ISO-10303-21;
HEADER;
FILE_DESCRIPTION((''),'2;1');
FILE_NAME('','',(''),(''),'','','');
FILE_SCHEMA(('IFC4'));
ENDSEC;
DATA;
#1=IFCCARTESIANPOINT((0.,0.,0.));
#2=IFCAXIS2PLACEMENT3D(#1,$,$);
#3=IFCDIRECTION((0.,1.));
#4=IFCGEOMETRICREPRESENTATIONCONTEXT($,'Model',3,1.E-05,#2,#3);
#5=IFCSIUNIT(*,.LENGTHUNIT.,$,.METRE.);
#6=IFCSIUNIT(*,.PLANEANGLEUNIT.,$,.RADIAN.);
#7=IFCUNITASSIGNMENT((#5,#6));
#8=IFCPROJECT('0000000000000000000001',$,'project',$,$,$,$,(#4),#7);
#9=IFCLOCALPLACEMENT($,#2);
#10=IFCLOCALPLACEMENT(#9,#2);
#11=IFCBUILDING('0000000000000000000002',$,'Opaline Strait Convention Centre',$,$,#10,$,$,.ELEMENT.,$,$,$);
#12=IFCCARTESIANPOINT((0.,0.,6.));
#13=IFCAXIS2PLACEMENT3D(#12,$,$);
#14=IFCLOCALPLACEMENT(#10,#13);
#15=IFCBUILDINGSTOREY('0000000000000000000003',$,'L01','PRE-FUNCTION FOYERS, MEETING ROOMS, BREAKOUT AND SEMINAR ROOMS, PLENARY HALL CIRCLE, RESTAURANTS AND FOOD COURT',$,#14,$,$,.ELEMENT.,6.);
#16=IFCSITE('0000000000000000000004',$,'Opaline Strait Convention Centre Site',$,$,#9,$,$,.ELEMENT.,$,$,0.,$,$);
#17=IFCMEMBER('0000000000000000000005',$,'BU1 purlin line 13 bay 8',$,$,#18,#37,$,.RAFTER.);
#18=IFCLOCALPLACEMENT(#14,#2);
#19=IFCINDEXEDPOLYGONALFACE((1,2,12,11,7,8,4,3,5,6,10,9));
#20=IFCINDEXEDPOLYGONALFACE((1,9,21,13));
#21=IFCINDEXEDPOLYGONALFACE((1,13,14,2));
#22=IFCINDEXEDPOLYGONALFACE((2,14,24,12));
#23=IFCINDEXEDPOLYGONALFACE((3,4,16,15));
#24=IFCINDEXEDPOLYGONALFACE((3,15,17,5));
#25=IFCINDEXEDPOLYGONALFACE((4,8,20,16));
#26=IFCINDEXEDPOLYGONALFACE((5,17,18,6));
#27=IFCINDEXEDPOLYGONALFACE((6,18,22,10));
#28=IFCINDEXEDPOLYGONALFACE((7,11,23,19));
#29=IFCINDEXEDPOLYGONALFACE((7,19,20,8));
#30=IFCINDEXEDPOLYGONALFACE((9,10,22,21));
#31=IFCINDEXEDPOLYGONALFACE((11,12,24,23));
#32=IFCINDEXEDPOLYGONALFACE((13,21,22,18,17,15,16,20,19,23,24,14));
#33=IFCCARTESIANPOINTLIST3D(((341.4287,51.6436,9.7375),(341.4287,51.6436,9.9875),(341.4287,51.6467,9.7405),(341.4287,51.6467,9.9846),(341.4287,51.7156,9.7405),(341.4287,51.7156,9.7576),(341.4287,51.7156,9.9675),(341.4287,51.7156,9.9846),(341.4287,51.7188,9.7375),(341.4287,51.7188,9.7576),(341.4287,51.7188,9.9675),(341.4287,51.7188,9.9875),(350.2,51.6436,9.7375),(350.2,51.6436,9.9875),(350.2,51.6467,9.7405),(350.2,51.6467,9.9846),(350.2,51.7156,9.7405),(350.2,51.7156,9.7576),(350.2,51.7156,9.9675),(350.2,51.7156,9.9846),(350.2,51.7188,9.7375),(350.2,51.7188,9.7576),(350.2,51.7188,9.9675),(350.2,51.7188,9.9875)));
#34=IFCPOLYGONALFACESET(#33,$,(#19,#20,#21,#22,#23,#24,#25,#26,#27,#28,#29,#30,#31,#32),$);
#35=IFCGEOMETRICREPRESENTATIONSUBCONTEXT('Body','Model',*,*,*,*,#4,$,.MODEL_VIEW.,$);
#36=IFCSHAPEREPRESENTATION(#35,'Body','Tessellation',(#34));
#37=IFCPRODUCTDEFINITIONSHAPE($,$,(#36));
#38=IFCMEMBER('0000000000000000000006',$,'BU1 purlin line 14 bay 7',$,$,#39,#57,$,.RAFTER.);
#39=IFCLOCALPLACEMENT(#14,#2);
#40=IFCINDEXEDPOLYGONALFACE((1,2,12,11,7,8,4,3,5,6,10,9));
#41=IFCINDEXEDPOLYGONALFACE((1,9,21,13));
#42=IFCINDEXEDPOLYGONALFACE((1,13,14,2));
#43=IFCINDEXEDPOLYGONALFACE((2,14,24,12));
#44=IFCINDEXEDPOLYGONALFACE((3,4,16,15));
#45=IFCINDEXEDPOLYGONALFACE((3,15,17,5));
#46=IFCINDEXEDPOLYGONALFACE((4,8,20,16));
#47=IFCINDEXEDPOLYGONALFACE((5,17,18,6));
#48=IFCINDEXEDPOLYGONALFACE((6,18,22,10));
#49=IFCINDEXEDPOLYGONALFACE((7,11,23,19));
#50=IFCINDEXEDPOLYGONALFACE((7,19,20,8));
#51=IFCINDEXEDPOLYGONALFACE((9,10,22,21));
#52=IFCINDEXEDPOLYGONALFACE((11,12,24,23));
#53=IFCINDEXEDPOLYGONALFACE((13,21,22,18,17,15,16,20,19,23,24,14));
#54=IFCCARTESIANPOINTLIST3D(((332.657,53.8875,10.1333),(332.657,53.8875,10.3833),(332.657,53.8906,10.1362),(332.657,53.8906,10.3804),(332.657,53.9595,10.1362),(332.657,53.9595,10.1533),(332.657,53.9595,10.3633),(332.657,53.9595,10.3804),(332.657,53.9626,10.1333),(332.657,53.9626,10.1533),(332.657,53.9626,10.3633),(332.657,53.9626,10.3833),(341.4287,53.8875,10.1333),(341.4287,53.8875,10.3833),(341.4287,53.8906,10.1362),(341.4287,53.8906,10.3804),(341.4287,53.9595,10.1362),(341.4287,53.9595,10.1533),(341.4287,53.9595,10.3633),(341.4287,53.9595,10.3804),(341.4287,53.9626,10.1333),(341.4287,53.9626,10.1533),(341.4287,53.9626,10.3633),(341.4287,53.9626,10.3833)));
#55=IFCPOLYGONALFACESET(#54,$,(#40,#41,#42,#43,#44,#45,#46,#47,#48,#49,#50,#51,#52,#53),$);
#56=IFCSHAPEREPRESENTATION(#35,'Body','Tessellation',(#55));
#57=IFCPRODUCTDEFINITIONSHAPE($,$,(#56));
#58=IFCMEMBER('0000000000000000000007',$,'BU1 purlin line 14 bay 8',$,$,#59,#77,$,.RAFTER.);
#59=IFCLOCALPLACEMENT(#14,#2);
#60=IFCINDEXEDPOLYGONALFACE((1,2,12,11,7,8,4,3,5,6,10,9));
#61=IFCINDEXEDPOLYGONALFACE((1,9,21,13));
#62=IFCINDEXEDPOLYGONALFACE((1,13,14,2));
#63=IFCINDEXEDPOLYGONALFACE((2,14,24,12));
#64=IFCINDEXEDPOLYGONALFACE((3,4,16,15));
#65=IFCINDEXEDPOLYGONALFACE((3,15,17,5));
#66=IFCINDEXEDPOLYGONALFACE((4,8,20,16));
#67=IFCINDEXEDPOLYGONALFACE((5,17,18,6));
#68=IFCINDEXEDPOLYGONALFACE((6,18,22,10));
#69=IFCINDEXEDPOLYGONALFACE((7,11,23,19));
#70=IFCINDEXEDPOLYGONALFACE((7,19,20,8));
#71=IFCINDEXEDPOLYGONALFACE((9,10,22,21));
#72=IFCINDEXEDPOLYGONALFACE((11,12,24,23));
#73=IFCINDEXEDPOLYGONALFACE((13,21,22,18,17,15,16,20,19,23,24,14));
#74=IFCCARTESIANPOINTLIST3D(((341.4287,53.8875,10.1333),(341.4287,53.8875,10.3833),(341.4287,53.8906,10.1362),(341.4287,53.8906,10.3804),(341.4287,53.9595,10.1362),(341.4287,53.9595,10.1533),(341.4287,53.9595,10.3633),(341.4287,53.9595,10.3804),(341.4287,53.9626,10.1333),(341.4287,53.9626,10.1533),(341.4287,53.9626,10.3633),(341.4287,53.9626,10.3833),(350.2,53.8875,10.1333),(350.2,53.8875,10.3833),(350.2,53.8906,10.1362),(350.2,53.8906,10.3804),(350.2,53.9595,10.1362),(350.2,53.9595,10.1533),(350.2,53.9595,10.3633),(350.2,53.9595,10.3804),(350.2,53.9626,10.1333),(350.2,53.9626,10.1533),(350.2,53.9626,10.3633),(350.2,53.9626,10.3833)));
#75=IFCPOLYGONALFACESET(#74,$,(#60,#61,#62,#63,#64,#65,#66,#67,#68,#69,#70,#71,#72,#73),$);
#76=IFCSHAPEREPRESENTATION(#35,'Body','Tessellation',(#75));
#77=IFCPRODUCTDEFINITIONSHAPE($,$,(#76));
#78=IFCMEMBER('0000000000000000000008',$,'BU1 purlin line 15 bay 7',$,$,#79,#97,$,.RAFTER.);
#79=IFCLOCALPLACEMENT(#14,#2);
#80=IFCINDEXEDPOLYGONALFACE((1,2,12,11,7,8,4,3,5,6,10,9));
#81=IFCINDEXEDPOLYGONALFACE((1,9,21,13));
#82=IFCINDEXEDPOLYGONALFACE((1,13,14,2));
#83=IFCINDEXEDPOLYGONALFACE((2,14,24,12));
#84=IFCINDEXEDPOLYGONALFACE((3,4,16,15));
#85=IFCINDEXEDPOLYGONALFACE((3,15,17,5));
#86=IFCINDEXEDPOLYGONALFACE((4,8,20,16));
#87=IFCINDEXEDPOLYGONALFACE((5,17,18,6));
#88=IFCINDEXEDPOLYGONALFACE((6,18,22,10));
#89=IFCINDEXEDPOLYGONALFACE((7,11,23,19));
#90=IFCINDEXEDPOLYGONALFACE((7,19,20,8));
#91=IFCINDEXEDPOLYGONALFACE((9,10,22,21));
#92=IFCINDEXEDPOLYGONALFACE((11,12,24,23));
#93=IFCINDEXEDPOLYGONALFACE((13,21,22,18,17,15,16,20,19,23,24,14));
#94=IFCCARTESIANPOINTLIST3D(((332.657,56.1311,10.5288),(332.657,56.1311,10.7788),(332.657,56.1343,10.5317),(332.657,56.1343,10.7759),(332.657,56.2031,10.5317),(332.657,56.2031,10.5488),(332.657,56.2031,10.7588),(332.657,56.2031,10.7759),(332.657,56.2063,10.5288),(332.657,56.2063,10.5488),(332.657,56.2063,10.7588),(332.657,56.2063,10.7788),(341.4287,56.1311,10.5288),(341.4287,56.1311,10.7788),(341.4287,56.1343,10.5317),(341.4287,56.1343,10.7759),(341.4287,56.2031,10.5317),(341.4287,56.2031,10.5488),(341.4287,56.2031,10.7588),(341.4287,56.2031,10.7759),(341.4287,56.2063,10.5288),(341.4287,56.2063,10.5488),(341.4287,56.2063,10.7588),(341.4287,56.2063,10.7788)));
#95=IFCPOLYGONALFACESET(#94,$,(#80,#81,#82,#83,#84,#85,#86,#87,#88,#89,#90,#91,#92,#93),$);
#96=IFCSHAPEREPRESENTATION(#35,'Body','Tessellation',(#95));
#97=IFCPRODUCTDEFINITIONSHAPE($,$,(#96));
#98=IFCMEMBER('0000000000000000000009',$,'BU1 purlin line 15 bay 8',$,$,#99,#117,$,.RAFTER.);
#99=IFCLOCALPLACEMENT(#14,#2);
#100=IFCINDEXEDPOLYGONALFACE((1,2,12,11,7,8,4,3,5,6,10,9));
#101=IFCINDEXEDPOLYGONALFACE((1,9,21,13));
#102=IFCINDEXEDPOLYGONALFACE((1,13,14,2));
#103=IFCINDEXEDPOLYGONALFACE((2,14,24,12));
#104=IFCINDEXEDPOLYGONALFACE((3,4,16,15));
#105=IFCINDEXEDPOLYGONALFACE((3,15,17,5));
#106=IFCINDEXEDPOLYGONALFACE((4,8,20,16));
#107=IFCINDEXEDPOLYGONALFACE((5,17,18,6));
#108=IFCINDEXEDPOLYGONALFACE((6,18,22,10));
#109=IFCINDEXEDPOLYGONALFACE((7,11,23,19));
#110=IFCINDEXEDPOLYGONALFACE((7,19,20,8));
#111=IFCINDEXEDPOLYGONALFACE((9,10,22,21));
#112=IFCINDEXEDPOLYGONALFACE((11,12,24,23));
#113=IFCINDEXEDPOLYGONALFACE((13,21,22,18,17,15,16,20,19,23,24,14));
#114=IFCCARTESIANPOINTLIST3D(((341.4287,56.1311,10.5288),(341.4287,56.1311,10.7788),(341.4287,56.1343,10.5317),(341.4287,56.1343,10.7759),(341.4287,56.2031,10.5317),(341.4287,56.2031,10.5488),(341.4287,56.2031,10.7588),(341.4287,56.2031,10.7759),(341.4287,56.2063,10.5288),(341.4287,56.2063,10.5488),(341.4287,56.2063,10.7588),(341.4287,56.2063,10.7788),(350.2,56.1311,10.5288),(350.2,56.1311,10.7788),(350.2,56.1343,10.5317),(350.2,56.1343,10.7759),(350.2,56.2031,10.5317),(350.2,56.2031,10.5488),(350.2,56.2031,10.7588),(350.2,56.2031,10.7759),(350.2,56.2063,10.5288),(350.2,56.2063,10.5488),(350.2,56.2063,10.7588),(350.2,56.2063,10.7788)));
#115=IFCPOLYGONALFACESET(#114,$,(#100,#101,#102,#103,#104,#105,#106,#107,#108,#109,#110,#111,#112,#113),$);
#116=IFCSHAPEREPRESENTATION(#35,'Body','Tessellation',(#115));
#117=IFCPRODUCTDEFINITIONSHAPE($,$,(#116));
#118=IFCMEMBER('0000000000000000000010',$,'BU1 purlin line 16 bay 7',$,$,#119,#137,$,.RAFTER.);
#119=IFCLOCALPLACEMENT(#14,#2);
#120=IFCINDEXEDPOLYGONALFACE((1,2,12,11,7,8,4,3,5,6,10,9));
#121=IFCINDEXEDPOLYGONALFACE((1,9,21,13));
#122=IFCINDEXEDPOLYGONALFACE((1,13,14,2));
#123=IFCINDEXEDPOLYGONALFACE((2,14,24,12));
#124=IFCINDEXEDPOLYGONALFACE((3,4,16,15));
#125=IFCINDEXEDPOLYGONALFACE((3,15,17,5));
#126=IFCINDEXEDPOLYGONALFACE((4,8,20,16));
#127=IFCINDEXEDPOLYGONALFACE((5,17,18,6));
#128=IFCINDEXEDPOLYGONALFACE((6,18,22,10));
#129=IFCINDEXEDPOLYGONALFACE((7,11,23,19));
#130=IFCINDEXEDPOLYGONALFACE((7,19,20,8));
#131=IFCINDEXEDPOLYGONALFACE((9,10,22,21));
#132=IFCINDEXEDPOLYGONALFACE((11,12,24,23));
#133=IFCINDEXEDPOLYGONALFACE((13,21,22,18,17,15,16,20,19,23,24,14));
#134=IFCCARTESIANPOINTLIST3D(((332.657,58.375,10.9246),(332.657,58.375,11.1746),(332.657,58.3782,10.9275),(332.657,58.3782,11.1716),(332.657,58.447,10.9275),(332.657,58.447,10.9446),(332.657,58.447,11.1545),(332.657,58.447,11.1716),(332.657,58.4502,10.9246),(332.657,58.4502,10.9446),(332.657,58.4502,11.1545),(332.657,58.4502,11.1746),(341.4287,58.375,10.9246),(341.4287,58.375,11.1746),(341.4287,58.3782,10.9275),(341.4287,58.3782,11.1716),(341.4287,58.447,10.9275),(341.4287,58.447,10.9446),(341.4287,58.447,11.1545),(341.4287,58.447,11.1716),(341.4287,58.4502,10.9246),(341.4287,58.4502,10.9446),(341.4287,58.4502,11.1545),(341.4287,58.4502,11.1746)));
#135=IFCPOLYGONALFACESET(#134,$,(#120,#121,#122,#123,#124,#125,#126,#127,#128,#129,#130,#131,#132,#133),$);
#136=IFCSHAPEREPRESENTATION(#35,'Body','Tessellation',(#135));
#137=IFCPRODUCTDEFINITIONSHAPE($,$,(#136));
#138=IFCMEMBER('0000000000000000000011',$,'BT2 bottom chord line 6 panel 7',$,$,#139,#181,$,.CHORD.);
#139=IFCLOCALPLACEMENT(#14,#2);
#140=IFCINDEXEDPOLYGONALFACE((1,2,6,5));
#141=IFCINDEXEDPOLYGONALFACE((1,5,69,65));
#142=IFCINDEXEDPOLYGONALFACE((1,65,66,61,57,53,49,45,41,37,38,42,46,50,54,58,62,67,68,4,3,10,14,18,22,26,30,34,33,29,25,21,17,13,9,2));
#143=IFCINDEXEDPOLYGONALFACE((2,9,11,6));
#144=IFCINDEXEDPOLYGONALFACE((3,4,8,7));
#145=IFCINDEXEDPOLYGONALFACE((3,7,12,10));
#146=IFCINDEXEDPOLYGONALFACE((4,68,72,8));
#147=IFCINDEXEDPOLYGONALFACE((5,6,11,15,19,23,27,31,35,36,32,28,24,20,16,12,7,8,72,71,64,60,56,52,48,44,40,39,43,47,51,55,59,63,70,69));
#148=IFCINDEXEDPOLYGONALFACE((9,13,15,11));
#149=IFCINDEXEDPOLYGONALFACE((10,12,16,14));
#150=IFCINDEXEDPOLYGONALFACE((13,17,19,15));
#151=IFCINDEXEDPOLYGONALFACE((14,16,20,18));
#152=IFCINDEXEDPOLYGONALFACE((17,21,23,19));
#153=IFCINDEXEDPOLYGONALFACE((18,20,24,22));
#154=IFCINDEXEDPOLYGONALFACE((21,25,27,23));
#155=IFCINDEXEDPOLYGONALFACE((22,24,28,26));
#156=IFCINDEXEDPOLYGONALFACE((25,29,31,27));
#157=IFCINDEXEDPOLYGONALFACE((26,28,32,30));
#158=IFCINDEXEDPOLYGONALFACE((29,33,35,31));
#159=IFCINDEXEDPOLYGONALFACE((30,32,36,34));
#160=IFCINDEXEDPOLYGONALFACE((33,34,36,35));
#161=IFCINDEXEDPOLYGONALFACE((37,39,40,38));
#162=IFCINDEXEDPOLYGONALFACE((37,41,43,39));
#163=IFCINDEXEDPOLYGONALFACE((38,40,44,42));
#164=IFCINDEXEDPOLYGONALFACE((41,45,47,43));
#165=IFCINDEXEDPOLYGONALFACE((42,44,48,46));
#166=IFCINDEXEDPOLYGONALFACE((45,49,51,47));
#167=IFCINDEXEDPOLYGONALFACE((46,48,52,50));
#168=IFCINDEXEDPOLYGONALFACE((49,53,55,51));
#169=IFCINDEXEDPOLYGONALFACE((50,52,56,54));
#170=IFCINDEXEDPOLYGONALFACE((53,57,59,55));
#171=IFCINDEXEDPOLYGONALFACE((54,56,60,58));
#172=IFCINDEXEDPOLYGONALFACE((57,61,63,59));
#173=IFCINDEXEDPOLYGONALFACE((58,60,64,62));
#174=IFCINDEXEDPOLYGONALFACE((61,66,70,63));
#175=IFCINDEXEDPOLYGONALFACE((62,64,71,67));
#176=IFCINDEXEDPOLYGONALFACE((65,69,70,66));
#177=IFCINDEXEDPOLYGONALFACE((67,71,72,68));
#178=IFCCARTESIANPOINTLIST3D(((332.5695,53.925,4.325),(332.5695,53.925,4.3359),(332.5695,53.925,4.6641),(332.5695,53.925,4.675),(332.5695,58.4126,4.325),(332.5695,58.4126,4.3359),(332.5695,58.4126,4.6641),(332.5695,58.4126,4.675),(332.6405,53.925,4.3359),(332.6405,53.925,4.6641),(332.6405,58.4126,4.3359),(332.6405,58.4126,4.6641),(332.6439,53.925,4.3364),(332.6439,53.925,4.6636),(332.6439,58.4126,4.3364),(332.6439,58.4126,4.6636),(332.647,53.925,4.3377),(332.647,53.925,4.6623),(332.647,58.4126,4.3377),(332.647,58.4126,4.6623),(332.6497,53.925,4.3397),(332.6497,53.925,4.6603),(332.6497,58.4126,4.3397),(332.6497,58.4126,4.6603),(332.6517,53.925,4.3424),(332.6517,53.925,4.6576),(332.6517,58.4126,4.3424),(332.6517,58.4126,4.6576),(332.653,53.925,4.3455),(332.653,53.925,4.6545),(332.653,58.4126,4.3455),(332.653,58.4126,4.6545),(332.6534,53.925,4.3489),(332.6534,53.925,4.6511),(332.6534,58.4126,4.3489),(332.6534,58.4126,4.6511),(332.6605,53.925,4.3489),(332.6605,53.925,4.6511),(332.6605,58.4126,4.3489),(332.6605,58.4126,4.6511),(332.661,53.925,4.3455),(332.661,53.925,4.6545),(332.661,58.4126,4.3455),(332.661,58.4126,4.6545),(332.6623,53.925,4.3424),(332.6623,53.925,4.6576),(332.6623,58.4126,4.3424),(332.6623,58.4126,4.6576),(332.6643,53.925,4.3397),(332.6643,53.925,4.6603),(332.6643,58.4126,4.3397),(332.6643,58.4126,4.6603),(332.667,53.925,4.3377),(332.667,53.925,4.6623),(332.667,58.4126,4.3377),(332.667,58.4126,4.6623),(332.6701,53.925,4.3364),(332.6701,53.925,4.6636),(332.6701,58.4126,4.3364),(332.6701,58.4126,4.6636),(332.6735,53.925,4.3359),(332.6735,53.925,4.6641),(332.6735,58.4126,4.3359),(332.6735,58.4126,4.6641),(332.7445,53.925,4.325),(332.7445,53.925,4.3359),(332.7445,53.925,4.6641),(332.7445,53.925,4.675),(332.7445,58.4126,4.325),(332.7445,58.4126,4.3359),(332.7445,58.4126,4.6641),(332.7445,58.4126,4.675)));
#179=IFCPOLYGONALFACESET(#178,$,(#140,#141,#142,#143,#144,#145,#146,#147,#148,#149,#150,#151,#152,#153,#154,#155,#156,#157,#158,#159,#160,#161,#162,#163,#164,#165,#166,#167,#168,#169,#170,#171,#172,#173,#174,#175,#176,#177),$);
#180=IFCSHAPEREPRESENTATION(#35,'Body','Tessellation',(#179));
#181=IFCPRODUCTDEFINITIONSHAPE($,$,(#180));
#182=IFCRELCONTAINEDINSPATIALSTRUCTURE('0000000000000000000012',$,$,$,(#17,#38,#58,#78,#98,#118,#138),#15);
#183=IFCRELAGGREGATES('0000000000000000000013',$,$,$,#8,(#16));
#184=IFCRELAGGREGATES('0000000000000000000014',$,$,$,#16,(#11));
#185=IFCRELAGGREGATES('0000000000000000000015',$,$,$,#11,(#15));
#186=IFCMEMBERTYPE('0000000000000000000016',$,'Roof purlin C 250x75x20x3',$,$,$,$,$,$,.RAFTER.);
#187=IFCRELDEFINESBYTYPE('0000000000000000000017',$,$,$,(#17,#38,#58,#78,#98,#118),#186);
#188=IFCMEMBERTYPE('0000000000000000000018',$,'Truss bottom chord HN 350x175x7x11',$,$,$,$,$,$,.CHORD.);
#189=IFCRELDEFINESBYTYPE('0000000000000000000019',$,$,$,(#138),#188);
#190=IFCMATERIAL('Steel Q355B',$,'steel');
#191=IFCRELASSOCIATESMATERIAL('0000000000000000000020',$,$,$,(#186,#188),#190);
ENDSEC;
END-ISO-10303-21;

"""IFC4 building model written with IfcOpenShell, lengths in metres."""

from ifc_helpers import new_model, si_unit, direction, frame, origin, origin_2d, place, context, subcontext, project, spatial, polyline, i_section, outline, extrude, material, material_profile, profile_set, type_object, element, save


model = new_model("IFC4")

# Units and contexts
model_context = context("Model", 3, precision=1e-05, world=origin(), true_north=direction((0.0, 1.0)))
body_context = subcontext(model_context, "Body", "Model", "MODEL_VIEW")
ifc_project = project(units=[si_unit("LENGTHUNIT", "METRE"), si_unit("PLANEANGLEUNIT", "RADIAN")], contexts=[model_context])

# Site, building, storey
site_placement = place(None, origin())
site = spatial("IfcSite", under=ifc_project, at=site_placement, Name="Opaline Strait Convention Centre Site", CompositionType="ELEMENT", RefElevation=0.0)
building_placement = place(site_placement, origin())
building = spatial("IfcBuilding", under=site, at=building_placement, Name="Opaline Strait Convention Centre", CompositionType="ELEMENT")
storey_placement = place(building_placement, frame((0.0, 0.0, 6.0)))
storey = spatial("IfcBuildingStorey", under=building, at=storey_placement, Name="L01", Description="PRE-FUNCTION FOYERS, MEETING ROOMS, BREAKOUT AND SEMINAR ROOMS, PLENARY HALL CIRCLE, RESTAURANTS AND FOOD COURT", CompositionType="ELEMENT", Elevation=6.0)

# Members
ifc_material_1 = material(Name="Steel Q355B", Category="steel")
ifc_material_profile_1 = material_profile(ifc_material_1, outline(polyline([(-0.0376, -0.125), (0.0376, -0.125), (0.0376, -0.105), (0.0344, -0.105), (0.0344, -0.1221), (-0.0344, -0.1221), (-0.0344, 0.1221), (0.0344, 0.1221), (0.0344, 0.105), (0.0376, 0.105), (0.0376, 0.125), (-0.0376, 0.125), (-0.0376, -0.125)])), Name="C 250x75x20x3")
ifc_profile_set_1 = profile_set([ifc_material_profile_1], Name="Steel Q355B")
member_type_1 = type_object("IfcMemberType", Name="Roof purlin C 250x75x20x3", PredefinedType="RAFTER", material=ifc_profile_set_1)
member_1_placement = place(storey_placement, frame((341.4287, 51.6812, 9.8625), z_axis=(1.0, 0.0, 0.0), x_axis=(0.0, 1.0, 0.0)))
element("IfcMember", 1, at=member_1_placement, inside=storey, type_object=member_type_1, Name="BU1 purlin line 13 bay 8", PredefinedType="RAFTER", context=body_context, shape_type="SweptSolid", body=[
    extrude(outline(polyline([(-0.0376, -0.125), (0.0376, -0.125), (0.0376, -0.105), (0.0344, -0.105), (0.0344, -0.1221), (-0.0344, -0.1221), (-0.0344, 0.1221), (0.0344, 0.1221), (0.0344, 0.105), (0.0376, 0.105), (0.0376, 0.125), (-0.0376, 0.125), (-0.0376, -0.125)])), origin(), (0.0, 0.0, 1.0), 8.7712),
])
member_2_placement = place(storey_placement, frame((332.657, 53.925, 10.2583), z_axis=(1.0, 0.0, 0.0), x_axis=(0.0, 1.0, 0.0)))
element("IfcMember", 2, at=member_2_placement, inside=storey, type_object=member_type_1, Name="BU1 purlin line 14 bay 7", PredefinedType="RAFTER", context=body_context, shape_type="SweptSolid", body=[
    extrude(outline(polyline([(-0.0376, -0.125), (0.0376, -0.125), (0.0376, -0.105), (0.0344, -0.105), (0.0344, -0.1221), (-0.0344, -0.1221), (-0.0344, 0.1221), (0.0344, 0.1221), (0.0344, 0.105), (0.0376, 0.105), (0.0376, 0.125), (-0.0376, 0.125), (-0.0376, -0.125)])), origin(), (0.0, 0.0, 1.0), 8.7717),
])
member_3_placement = place(storey_placement, frame((341.4287, 53.925, 10.2583), z_axis=(1.0, 0.0, 0.0), x_axis=(0.0, 1.0, 0.0)))
element("IfcMember", 3, at=member_3_placement, inside=storey, type_object=member_type_1, Name="BU1 purlin line 14 bay 8", PredefinedType="RAFTER", context=body_context, shape_type="SweptSolid", body=[
    extrude(outline(polyline([(-0.0376, -0.125), (0.0376, -0.125), (0.0376, -0.105), (0.0344, -0.105), (0.0344, -0.1221), (-0.0344, -0.1221), (-0.0344, 0.1221), (0.0344, 0.1221), (0.0344, 0.105), (0.0376, 0.105), (0.0376, 0.125), (-0.0376, 0.125), (-0.0376, -0.125)])), origin(), (0.0, 0.0, 1.0), 8.7712),
])
member_4_placement = place(storey_placement, frame((332.657, 56.1687, 10.6538), z_axis=(1.0, 0.0, 0.0), x_axis=(0.0, 1.0, 0.0)))
element("IfcMember", 4, at=member_4_placement, inside=storey, type_object=member_type_1, Name="BU1 purlin line 15 bay 7", PredefinedType="RAFTER", context=body_context, shape_type="SweptSolid", body=[
    extrude(outline(polyline([(-0.0376, -0.125), (0.0376, -0.125), (0.0376, -0.105), (0.0344, -0.105), (0.0344, -0.1221), (-0.0344, -0.1221), (-0.0344, 0.1221), (0.0344, 0.1221), (0.0344, 0.105), (0.0376, 0.105), (0.0376, 0.125), (-0.0376, 0.125), (-0.0376, -0.125)])), origin(), (0.0, 0.0, 1.0), 8.7717),
])
member_5_placement = place(storey_placement, frame((341.4287, 56.1687, 10.6538), z_axis=(1.0, 0.0, 0.0), x_axis=(0.0, 1.0, 0.0)))
element("IfcMember", 5, at=member_5_placement, inside=storey, type_object=member_type_1, Name="BU1 purlin line 15 bay 8", PredefinedType="RAFTER", context=body_context, shape_type="SweptSolid", body=[
    extrude(outline(polyline([(-0.0376, -0.125), (0.0376, -0.125), (0.0376, -0.105), (0.0344, -0.105), (0.0344, -0.1221), (-0.0344, -0.1221), (-0.0344, 0.1221), (0.0344, 0.1221), (0.0344, 0.105), (0.0376, 0.105), (0.0376, 0.125), (-0.0376, 0.125), (-0.0376, -0.125)])), origin(), (0.0, 0.0, 1.0), 8.7712),
])
member_6_placement = place(storey_placement, frame((332.657, 58.4126, 11.0496), z_axis=(1.0, 0.0, 0.0), x_axis=(0.0, 1.0, 0.0)))
element("IfcMember", 6, at=member_6_placement, inside=storey, type_object=member_type_1, Name="BU1 purlin line 16 bay 7", PredefinedType="RAFTER", context=body_context, shape_type="SweptSolid", body=[
    extrude(outline(polyline([(-0.0376, -0.125), (0.0376, -0.125), (0.0376, -0.105), (0.0344, -0.105), (0.0344, -0.1221), (-0.0344, -0.1221), (-0.0344, 0.1221), (0.0344, 0.1221), (0.0344, 0.105), (0.0376, 0.105), (0.0376, 0.125), (-0.0376, 0.125), (-0.0376, -0.125)])), origin(), (0.0, 0.0, 1.0), 8.7717),
])
ifc_material_profile_2 = material_profile(ifc_material_1, i_section(OverallWidth=0.175, OverallDepth=0.3501, WebThickness=0.0071, FlangeThickness=0.011, FilletRadius=0.0129, at=origin_2d()), Name="HN 350x175x7x11")
ifc_profile_set_2 = profile_set([ifc_material_profile_2], Name="Steel Q355B")
member_type_2 = type_object("IfcMemberType", Name="Truss bottom chord HN 350x175x7x11", PredefinedType="CHORD", material=ifc_profile_set_2)
member_7_placement = place(storey_placement, frame((332.657, 53.925, 4.5), z_axis=(0.0, 1.0, 0.0), x_axis=(-1.0, 0.0, 0.0)))
element("IfcMember", 7, at=member_7_placement, inside=storey, type_object=member_type_2, Name="BT2 bottom chord line 6 panel 7", PredefinedType="CHORD", context=body_context, shape_type="SweptSolid", body=[
    extrude(i_section(OverallWidth=0.175, OverallDepth=0.3501, WebThickness=0.0071, FlangeThickness=0.011, FilletRadius=0.0129, at=origin_2d()), origin(), (0.0, 0.0, 1.0), 4.4875),
])

save(model, "model.ifc")
